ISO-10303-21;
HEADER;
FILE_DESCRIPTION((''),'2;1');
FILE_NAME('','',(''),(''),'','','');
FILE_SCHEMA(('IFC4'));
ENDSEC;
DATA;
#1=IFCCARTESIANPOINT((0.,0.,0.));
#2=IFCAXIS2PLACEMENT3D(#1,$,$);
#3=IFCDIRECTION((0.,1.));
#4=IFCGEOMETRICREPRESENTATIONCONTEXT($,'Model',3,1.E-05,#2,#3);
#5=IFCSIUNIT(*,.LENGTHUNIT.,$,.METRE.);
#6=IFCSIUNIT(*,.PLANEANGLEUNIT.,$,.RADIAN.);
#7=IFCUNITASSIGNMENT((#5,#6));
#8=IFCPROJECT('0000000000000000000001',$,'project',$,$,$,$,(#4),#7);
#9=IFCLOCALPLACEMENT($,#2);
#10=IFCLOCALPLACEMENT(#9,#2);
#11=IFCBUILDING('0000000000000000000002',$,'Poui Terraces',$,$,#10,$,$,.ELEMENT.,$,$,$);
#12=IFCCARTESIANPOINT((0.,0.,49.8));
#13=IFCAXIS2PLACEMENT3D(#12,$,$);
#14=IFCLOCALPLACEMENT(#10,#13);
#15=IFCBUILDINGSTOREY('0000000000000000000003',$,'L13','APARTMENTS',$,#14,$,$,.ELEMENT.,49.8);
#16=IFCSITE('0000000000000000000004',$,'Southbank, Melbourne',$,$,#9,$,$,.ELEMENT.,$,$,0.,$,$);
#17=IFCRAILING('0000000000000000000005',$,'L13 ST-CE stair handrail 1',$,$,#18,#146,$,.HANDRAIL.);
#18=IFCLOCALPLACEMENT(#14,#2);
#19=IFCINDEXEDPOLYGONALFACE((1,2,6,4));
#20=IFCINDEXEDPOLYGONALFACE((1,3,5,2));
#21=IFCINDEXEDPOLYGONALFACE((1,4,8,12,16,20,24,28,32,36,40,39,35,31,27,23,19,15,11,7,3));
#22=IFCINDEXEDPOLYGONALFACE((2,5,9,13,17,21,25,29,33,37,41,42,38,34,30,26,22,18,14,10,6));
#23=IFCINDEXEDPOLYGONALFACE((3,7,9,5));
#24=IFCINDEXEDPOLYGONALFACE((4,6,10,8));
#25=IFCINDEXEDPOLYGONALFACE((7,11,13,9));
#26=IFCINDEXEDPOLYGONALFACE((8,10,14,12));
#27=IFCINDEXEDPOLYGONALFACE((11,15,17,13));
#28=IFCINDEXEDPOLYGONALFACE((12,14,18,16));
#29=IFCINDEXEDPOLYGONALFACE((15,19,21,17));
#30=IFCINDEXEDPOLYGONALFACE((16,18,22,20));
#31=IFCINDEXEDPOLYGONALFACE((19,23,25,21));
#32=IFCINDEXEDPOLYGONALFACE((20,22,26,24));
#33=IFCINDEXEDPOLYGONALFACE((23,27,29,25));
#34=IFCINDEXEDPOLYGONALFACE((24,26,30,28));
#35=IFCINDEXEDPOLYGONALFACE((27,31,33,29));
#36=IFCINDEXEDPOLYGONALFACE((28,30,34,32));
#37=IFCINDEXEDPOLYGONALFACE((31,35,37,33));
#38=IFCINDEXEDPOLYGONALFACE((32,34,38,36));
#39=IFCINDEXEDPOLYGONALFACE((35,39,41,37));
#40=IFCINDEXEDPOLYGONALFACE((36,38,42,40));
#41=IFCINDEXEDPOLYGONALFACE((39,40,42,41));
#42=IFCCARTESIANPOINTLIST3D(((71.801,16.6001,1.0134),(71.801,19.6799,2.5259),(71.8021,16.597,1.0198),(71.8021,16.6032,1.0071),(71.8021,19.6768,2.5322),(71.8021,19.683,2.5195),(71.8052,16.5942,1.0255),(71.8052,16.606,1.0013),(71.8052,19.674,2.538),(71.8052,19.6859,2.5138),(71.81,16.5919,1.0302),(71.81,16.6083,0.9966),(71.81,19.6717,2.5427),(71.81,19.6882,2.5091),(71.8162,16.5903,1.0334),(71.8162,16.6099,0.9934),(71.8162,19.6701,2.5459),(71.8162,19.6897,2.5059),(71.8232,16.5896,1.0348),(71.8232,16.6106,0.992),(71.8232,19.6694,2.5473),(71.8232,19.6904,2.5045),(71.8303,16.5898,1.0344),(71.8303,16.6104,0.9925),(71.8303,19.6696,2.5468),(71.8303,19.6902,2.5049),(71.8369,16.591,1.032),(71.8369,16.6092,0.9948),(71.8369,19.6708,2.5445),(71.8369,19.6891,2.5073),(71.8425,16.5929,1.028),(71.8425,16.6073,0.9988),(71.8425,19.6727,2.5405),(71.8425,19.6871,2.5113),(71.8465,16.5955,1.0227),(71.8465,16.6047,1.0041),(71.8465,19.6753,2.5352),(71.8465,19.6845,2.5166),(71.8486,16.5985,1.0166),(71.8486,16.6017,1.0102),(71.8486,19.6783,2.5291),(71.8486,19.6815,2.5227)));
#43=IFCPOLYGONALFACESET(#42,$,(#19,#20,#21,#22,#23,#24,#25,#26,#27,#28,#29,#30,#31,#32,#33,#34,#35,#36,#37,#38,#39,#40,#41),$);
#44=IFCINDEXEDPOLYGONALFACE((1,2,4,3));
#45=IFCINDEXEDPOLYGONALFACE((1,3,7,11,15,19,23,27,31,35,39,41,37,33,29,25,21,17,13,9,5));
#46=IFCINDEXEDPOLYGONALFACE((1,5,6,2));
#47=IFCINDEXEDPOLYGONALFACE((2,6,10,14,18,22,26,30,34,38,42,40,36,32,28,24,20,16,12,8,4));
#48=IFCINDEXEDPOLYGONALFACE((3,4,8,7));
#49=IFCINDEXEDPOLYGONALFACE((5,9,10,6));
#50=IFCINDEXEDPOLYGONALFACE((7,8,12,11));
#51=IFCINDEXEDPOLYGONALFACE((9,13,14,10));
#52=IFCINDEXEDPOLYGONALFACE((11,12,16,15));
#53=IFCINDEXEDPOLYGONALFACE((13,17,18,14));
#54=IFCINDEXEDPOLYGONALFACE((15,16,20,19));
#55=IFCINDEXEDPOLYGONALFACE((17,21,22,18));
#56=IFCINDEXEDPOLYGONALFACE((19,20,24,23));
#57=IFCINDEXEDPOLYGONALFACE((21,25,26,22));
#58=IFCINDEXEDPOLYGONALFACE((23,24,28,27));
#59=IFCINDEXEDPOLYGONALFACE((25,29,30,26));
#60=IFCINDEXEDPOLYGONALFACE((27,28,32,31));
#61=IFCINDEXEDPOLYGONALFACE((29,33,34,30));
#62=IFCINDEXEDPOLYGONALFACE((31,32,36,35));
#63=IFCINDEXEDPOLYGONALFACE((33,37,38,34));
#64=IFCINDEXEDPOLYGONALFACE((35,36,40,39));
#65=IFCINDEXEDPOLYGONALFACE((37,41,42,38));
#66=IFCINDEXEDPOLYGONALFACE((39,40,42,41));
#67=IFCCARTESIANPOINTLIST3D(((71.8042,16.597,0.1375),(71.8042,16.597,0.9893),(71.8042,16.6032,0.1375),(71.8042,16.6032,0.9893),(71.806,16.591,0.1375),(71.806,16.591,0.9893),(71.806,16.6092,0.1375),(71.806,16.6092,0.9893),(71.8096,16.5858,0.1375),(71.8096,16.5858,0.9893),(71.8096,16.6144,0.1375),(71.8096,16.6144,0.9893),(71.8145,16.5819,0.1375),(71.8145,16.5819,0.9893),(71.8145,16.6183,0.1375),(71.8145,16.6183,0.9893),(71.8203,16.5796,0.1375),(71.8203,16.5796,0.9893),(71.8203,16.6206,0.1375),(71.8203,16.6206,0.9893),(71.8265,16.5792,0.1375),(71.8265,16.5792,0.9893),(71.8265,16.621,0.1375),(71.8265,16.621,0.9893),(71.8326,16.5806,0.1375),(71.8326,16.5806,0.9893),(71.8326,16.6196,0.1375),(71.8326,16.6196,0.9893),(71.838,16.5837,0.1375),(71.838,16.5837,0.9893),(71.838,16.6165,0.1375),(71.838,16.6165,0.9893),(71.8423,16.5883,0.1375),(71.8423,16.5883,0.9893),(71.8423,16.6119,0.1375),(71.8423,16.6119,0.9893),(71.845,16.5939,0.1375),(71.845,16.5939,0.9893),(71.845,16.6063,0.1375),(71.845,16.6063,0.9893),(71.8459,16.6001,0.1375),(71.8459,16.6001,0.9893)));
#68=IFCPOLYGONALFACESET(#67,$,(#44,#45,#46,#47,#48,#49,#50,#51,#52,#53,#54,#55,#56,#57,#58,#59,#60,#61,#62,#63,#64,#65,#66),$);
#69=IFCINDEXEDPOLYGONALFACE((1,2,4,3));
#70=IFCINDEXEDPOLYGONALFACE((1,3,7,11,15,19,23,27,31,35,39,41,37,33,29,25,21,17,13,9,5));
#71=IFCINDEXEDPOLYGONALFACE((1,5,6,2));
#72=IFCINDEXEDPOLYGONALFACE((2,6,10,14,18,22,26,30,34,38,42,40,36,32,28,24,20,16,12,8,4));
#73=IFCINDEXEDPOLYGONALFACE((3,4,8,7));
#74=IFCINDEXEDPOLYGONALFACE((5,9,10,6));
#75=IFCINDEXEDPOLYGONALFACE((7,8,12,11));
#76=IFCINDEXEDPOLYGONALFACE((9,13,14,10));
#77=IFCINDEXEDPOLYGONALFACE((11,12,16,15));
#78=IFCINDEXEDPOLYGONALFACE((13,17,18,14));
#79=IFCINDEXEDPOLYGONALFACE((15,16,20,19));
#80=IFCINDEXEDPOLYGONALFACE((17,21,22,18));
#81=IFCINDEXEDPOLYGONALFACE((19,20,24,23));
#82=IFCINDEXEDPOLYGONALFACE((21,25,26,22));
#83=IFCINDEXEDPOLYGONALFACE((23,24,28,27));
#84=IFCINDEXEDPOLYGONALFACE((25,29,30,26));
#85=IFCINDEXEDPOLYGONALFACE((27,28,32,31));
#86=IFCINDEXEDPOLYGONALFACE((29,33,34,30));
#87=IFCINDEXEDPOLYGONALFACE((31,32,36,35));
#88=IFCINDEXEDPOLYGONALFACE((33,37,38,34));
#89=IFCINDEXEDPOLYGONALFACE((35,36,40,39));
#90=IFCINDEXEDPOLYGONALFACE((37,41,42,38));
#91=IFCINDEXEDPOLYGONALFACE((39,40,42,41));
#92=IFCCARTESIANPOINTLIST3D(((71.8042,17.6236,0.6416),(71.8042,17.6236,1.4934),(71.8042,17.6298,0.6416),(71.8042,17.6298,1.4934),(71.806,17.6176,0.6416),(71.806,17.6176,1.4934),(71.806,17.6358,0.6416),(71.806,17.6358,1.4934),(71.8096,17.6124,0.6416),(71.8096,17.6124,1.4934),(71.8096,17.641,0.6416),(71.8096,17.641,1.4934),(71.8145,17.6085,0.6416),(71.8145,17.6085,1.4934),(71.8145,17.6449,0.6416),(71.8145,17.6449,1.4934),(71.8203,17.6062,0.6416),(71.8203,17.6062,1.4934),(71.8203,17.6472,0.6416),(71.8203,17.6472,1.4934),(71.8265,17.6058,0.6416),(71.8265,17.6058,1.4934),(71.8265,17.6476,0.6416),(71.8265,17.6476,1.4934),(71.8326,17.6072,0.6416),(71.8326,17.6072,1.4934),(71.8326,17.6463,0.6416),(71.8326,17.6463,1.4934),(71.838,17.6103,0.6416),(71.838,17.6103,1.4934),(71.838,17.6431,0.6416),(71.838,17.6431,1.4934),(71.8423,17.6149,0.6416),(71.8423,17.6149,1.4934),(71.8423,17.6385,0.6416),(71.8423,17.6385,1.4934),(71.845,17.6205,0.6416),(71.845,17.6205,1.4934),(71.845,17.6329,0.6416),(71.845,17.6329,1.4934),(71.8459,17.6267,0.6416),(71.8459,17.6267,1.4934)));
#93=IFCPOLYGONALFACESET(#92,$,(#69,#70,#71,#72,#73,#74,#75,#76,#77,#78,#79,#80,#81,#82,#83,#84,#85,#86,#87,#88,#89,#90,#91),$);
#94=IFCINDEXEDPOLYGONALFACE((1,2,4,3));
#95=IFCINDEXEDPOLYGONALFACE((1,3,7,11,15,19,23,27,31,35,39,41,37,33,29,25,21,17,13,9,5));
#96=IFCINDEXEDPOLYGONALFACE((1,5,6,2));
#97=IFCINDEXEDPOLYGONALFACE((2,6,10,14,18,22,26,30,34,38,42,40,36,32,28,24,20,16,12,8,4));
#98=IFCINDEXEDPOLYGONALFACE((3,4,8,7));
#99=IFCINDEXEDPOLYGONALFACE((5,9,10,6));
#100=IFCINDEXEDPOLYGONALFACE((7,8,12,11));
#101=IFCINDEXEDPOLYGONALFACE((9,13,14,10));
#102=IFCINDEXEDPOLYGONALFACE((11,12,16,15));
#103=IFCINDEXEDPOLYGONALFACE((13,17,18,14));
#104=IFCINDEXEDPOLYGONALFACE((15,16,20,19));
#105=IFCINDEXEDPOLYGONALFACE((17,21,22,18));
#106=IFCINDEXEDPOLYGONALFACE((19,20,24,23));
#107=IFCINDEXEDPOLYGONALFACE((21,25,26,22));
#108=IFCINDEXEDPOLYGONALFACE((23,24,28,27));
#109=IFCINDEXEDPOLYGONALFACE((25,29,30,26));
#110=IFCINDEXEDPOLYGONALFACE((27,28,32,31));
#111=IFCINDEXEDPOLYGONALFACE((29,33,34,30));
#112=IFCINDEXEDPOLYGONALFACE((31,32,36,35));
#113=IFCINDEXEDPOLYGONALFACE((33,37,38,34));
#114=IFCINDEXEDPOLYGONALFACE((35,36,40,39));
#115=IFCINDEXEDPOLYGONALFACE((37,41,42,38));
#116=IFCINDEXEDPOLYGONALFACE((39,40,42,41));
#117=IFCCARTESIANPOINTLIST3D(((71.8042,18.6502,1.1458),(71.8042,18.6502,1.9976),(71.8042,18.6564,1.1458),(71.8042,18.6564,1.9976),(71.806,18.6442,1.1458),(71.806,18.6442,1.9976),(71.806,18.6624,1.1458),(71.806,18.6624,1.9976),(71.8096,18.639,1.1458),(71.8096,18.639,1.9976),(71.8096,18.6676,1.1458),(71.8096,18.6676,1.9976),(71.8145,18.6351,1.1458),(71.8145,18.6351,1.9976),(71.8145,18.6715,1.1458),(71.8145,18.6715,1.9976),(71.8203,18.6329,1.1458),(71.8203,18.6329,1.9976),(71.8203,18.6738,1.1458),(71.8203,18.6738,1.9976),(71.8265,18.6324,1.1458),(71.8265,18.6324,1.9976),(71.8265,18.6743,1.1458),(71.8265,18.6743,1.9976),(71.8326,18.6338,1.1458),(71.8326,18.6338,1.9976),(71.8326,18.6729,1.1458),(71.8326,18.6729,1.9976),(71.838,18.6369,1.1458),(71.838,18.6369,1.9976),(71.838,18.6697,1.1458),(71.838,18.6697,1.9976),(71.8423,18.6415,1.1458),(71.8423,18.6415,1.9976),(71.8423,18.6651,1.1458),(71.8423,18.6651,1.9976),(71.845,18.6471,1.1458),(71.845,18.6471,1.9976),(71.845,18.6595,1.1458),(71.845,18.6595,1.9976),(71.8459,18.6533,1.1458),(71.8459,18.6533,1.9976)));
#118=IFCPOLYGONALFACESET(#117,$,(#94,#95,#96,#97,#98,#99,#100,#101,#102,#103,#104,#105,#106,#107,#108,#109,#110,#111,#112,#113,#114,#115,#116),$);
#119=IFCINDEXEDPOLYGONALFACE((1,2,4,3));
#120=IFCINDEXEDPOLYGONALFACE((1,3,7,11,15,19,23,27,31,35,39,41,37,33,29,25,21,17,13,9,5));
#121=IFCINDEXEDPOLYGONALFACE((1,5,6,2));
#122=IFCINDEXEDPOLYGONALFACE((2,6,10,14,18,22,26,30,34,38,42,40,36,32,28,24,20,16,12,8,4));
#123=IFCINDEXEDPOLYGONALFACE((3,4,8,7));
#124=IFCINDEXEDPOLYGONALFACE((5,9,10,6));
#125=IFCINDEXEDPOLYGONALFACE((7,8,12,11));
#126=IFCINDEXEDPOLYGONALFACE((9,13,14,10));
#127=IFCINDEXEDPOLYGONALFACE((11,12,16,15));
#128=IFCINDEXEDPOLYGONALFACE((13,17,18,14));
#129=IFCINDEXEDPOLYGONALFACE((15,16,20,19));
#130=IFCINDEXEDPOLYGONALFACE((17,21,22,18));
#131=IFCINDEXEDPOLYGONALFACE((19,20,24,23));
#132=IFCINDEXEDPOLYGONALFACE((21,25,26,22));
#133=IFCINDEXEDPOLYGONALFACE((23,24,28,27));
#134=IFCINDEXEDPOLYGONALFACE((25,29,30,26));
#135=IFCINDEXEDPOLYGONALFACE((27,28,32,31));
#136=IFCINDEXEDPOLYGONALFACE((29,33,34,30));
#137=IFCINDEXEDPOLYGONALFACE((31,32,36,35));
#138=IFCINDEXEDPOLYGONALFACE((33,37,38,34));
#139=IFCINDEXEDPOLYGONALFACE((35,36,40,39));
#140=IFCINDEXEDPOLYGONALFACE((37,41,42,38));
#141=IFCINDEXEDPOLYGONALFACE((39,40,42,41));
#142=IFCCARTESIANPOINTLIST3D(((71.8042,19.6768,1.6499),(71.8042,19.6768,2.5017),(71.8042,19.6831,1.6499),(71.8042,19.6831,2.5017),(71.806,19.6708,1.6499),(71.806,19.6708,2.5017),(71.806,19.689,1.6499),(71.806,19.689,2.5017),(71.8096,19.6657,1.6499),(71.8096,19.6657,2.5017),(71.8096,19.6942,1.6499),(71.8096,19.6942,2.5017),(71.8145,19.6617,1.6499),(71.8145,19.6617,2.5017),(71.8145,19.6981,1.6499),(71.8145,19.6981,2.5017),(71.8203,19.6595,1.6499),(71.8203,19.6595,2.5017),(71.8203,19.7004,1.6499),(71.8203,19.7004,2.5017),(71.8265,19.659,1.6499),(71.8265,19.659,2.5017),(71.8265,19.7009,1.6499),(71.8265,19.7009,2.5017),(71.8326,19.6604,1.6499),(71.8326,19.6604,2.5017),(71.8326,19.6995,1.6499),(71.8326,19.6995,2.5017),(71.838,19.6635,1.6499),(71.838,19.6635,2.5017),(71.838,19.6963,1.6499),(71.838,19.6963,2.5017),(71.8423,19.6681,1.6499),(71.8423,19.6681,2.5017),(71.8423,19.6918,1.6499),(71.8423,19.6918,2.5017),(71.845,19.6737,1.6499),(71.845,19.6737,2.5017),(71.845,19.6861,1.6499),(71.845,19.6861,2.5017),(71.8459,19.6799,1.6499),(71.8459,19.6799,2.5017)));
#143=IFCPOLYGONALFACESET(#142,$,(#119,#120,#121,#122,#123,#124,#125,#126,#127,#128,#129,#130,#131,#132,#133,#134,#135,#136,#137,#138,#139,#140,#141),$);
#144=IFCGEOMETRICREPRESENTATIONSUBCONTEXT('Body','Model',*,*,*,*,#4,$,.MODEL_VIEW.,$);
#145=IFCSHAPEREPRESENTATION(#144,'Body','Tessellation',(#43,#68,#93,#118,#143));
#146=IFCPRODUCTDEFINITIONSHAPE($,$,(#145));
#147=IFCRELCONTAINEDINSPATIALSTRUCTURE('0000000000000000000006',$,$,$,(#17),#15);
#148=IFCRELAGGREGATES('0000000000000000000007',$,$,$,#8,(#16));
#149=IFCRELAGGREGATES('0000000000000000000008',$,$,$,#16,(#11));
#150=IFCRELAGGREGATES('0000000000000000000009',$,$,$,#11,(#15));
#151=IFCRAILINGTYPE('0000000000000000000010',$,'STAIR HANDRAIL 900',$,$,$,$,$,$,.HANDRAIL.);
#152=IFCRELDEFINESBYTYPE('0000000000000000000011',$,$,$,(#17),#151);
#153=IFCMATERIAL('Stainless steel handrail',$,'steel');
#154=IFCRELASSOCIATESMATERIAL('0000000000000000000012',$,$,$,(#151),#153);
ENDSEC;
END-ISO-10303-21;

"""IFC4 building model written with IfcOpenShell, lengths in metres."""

from ifc_helpers import new_model, si_unit, direction, frame, origin, origin_2d, place, context, subcontext, project, spatial, circle, extrude, material, type_object, element, save


model = new_model("IFC4")

# Units and contexts
model_context = context("Model", 3, precision=1e-05, world=origin(), true_north=direction((0.0, 1.0)))
body_context = subcontext(model_context, "Body", "Model", "MODEL_VIEW")
ifc_project = project(units=[si_unit("LENGTHUNIT", "METRE"), si_unit("PLANEANGLEUNIT", "RADIAN")], contexts=[model_context])

# Site, building, storey
site_placement = place(None, origin())
site = spatial("IfcSite", under=ifc_project, at=site_placement, Name="Southbank, Melbourne", CompositionType="ELEMENT", RefElevation=0.0)
building_placement = place(site_placement, origin())
building = spatial("IfcBuilding", under=site, at=building_placement, Name="Poui Terraces", CompositionType="ELEMENT")
storey_placement = place(building_placement, frame((0.0, 0.0, 49.8)))
storey = spatial("IfcBuildingStorey", under=building, at=storey_placement, Name="L13", Description="APARTMENTS", CompositionType="ELEMENT", Elevation=49.8)

# Railing
ifc_material_1 = material(Name="Stainless steel handrail", Category="steel")
railing_type_1 = type_object("IfcRailingType", Name="STAIR HANDRAIL 900", PredefinedType="HANDRAIL", material=ifc_material_1)
railing_1_placement = place(storey_placement, frame((71.825, 16.6001, 0.1375)))
element("IfcRailing", 1, at=railing_1_placement, inside=storey, type_object=railing_type_1, Name="L13 ST-CE stair handrail 1", PredefinedType="HANDRAIL", context=body_context, shape_type="SweptSolid", body=[
    extrude(circle(Radius=0.0239, at=origin_2d()), frame((0.0, 0.0, 0.876), z_axis=(0.0, 0.897606, 0.440798), x_axis=(-1.0, 0.0, 0.0)), (0.0, 0.0, 1.0), 3.4312),
    extrude(circle(Radius=0.021, at=origin_2d()), origin(), (0.0, 0.0, 1.0), 0.8518),
    extrude(circle(Radius=0.021, at=origin_2d()), frame((0.0, 1.0266, 0.5042)), (0.0, 0.0, 1.0), 0.8518),
    extrude(circle(Radius=0.021, at=origin_2d()), frame((0.0, 2.0532, 1.0083)), (0.0, 0.0, 1.0), 0.8518),
    extrude(circle(Radius=0.021, at=origin_2d()), frame((0.0, 3.0798, 1.5125)), (0.0, 0.0, 1.0), 0.8518),
])

save(model, "model.ifc")
